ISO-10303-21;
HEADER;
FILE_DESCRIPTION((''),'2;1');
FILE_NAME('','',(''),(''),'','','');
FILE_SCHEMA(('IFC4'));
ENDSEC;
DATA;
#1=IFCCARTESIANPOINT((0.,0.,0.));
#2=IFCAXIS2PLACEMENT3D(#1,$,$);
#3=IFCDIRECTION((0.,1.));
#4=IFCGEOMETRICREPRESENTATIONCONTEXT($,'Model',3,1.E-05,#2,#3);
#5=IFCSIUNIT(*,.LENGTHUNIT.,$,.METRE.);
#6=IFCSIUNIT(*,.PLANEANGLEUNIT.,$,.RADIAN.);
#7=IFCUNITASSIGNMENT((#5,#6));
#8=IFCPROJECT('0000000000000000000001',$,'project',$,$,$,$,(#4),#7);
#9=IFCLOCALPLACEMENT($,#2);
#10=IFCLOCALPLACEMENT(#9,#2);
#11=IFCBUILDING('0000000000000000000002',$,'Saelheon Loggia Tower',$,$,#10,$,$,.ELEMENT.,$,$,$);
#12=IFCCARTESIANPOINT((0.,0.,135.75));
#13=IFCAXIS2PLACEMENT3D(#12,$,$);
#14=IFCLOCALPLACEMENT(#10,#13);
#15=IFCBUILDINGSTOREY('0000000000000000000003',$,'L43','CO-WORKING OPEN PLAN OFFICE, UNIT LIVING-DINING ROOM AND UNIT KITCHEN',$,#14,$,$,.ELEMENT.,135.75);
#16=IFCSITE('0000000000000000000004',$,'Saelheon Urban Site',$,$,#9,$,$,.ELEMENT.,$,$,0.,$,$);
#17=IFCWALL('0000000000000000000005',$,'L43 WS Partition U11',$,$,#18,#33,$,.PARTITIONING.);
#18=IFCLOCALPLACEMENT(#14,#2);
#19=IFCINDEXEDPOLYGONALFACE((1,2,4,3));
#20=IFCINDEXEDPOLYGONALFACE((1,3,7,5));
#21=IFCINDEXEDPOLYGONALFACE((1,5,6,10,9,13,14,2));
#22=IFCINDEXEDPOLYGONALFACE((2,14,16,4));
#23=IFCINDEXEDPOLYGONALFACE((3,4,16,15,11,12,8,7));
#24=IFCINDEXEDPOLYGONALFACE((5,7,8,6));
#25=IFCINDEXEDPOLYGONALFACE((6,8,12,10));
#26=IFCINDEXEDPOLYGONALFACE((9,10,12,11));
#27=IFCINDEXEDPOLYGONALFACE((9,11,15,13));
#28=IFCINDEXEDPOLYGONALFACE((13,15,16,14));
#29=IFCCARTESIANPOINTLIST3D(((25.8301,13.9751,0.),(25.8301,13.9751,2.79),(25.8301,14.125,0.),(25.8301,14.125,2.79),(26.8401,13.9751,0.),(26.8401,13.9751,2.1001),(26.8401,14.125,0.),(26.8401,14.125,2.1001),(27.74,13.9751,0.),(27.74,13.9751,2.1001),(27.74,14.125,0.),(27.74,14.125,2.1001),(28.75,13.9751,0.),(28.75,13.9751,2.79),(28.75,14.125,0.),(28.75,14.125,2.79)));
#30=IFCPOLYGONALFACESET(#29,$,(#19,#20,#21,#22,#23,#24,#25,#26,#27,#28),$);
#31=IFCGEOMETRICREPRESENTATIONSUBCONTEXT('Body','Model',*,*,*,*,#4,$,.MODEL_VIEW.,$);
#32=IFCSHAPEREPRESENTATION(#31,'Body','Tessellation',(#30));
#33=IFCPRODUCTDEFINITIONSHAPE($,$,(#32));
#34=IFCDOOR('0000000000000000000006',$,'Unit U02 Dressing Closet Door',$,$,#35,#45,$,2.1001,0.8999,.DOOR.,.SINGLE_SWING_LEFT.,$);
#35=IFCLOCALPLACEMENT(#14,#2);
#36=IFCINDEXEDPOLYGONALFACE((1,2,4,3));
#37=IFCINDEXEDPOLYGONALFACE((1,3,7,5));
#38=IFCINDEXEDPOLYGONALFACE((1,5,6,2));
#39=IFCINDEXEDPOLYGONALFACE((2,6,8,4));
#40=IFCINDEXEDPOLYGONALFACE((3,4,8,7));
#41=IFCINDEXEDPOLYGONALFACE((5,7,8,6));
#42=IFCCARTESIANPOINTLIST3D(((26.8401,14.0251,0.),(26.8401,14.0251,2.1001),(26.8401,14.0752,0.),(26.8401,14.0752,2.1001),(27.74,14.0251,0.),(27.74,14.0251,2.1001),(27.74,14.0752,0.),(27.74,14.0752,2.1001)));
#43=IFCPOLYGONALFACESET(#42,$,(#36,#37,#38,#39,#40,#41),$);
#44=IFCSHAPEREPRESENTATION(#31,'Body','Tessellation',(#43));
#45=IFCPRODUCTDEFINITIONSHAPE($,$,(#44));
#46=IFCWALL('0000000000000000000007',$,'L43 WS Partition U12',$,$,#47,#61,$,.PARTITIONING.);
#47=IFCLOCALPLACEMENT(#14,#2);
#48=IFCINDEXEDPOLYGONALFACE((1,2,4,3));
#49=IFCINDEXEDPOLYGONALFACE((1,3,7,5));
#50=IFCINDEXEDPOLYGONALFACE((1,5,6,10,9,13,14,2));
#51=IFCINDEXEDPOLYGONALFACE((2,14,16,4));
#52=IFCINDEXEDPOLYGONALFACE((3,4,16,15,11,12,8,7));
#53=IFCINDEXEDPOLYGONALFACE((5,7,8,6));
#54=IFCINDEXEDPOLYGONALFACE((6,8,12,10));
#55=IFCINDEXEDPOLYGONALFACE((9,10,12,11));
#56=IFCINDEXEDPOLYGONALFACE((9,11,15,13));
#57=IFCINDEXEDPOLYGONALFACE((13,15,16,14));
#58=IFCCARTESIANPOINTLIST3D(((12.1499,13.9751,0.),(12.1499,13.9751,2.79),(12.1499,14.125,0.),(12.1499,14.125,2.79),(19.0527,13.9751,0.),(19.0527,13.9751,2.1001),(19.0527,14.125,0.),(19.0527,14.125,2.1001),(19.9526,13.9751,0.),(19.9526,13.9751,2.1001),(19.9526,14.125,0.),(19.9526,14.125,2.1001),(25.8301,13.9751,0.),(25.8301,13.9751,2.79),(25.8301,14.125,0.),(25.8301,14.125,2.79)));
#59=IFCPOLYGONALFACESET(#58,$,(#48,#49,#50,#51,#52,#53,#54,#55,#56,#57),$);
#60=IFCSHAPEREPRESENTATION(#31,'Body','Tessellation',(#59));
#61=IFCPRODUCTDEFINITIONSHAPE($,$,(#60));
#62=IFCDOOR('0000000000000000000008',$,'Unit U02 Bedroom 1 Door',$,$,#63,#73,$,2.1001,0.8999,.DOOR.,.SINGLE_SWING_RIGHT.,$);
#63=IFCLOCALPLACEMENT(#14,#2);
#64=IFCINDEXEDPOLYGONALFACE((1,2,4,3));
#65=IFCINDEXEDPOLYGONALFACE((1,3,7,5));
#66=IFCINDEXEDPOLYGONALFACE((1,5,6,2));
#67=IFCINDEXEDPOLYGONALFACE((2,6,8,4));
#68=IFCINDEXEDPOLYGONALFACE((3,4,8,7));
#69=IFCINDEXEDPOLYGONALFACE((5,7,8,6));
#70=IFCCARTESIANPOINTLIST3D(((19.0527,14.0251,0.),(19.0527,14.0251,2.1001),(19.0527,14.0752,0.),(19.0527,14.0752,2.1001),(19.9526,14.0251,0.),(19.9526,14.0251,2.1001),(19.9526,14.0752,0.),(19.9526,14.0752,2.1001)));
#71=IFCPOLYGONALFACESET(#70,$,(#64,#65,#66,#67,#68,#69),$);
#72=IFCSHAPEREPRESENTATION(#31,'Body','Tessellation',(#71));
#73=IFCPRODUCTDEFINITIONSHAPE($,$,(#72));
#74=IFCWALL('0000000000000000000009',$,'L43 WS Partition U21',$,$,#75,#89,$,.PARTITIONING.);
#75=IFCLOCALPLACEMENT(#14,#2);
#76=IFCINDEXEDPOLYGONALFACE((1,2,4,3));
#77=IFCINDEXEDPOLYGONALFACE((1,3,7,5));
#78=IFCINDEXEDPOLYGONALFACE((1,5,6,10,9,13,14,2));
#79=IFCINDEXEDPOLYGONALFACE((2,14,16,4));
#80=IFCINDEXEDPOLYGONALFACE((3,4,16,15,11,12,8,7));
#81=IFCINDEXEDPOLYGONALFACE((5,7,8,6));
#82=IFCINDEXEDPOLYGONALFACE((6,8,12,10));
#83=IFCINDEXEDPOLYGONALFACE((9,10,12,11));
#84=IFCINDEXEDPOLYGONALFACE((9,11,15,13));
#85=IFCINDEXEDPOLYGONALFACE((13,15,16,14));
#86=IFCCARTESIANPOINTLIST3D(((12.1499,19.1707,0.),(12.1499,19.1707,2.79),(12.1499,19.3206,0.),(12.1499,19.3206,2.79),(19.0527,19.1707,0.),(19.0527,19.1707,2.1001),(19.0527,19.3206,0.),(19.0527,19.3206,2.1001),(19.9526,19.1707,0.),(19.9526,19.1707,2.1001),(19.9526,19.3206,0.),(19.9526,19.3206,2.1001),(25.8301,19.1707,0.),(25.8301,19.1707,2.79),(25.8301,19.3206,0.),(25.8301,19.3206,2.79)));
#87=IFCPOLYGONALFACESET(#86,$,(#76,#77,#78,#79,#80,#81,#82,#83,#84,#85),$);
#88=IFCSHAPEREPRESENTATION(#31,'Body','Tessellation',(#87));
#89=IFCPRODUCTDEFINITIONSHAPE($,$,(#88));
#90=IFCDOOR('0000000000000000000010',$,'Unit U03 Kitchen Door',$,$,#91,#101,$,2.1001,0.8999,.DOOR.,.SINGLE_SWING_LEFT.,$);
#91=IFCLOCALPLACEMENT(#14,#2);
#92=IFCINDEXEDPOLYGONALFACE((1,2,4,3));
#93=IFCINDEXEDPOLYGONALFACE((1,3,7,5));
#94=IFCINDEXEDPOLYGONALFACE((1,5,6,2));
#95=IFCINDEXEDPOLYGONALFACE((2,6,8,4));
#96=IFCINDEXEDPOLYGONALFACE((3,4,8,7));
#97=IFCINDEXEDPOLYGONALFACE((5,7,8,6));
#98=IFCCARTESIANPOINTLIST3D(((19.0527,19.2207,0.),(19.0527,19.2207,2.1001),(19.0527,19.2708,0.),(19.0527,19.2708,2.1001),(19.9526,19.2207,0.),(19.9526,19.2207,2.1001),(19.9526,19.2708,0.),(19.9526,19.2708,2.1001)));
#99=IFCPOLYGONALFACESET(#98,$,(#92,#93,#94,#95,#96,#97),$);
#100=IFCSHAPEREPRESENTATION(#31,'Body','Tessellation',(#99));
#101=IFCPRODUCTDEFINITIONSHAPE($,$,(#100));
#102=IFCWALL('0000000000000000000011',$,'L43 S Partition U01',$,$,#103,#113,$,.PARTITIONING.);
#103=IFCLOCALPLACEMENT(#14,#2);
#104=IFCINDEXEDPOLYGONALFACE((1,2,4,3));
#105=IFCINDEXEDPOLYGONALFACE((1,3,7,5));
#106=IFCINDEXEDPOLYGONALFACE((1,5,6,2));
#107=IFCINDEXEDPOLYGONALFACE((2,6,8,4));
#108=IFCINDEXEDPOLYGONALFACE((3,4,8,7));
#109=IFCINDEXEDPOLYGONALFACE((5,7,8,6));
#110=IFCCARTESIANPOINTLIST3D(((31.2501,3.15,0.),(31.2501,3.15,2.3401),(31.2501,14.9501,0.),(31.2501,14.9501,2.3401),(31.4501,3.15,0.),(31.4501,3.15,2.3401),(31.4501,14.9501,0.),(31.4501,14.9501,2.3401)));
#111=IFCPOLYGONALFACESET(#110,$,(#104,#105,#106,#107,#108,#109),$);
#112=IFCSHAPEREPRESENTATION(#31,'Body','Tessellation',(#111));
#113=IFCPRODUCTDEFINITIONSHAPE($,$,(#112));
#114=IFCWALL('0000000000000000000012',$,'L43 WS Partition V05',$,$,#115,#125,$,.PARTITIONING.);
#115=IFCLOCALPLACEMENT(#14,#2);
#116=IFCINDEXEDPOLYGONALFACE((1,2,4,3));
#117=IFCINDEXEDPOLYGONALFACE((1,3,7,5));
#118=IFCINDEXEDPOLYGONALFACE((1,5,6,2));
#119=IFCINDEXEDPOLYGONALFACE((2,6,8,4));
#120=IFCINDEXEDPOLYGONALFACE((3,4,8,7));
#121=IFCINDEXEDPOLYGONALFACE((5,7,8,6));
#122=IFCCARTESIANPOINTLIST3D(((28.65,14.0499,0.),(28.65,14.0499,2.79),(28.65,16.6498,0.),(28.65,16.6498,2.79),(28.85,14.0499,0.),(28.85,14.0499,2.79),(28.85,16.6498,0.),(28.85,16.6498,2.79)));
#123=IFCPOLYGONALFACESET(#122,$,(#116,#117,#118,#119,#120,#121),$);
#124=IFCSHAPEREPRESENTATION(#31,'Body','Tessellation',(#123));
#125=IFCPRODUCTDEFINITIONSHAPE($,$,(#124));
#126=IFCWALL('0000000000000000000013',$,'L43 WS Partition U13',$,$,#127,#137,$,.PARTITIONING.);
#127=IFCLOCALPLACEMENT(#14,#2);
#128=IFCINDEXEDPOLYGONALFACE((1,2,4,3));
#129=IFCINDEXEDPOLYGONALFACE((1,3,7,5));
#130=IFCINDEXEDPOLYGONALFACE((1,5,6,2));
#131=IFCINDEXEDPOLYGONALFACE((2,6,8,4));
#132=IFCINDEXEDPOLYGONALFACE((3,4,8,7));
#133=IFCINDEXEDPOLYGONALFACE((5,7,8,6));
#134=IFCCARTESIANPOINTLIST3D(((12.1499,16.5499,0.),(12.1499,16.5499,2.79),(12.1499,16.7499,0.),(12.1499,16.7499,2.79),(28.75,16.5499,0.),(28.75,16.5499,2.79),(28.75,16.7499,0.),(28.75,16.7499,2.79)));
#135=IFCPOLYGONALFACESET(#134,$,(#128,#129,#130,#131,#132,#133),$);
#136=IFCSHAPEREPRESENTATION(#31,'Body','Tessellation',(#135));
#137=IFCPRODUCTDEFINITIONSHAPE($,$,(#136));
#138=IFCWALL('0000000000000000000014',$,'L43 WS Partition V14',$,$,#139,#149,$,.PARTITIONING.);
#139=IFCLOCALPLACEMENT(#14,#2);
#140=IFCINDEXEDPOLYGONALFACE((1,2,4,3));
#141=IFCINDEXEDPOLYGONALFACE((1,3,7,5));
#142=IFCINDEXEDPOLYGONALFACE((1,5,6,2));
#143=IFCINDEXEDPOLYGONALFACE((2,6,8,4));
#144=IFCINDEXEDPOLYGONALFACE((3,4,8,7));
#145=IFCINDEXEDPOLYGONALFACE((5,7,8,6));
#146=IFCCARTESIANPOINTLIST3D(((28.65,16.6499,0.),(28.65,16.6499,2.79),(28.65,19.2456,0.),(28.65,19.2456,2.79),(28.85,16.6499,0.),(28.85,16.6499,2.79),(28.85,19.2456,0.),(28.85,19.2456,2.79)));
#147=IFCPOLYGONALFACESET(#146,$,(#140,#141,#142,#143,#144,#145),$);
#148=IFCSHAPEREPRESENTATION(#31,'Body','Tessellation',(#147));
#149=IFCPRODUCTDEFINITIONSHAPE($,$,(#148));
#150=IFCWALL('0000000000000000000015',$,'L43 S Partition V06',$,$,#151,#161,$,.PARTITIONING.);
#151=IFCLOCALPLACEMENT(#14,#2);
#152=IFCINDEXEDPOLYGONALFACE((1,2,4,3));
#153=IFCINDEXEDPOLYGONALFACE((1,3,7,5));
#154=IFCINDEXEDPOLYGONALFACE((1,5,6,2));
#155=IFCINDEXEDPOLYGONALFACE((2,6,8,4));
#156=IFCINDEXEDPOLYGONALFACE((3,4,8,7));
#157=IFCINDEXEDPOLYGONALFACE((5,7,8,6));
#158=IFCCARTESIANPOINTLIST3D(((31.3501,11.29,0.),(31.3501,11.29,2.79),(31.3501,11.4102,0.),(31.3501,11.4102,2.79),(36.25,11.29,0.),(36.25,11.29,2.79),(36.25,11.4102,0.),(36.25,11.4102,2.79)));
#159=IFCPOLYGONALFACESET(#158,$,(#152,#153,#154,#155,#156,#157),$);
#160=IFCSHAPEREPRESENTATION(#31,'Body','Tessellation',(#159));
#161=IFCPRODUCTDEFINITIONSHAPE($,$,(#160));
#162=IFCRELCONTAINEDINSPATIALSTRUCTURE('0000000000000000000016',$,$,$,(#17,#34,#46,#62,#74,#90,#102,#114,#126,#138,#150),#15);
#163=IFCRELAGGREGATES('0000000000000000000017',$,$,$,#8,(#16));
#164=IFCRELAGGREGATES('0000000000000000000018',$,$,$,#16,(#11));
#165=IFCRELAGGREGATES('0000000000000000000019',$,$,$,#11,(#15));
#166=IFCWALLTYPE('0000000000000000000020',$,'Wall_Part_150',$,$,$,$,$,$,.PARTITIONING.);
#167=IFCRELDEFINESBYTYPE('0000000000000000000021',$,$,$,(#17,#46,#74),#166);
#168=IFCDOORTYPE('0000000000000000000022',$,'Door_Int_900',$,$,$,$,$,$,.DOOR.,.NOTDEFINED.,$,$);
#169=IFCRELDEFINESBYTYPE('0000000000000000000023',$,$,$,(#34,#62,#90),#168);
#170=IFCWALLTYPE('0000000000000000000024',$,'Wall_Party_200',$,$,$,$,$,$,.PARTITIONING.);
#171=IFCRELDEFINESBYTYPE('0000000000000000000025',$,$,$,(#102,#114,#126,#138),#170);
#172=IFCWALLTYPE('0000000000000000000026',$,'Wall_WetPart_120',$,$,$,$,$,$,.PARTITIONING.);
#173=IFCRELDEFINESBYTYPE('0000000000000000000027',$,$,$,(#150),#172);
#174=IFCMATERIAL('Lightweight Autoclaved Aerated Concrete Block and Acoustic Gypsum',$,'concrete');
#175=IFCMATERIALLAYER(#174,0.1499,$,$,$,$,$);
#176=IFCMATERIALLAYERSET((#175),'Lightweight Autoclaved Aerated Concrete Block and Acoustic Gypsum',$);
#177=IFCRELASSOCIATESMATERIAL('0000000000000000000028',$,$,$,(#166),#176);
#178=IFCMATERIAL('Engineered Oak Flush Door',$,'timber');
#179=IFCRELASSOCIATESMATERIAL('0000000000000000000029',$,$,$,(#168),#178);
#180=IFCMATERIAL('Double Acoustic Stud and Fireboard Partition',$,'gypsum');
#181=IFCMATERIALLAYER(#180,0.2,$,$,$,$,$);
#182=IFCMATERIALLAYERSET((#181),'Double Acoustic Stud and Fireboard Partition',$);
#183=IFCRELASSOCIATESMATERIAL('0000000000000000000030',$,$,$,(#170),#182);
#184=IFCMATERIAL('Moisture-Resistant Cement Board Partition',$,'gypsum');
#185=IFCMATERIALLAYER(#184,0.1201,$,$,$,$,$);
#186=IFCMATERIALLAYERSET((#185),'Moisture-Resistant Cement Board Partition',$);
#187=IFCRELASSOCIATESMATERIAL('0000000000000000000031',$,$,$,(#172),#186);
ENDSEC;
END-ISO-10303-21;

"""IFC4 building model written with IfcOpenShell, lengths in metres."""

from ifc_helpers import new_model, si_unit, direction, frame, frame_2d, origin, place, context, subcontext, project, spatial, rectangle, extrude, source, transform, mapped, material, layer, layer_set, type_object, element, fill, save


model = new_model("IFC4")

# Units and contexts
model_context = context("Model", 3, precision=1e-05, world=origin(), true_north=direction((0.0, 1.0)))
body_context = subcontext(model_context, "Body", "Model", "MODEL_VIEW")
ifc_project = project(units=[si_unit("LENGTHUNIT", "METRE"), si_unit("PLANEANGLEUNIT", "RADIAN")], contexts=[model_context])

# Site, building, storey
site_placement = place(None, origin())
site = spatial("IfcSite", under=ifc_project, at=site_placement, Name="Saelheon Urban Site", CompositionType="ELEMENT", RefElevation=0.0)
building_placement = place(site_placement, origin())
building = spatial("IfcBuilding", under=site, at=building_placement, Name="Saelheon Loggia Tower", CompositionType="ELEMENT")
storey_placement = place(building_placement, frame((0.0, 0.0, 135.75)))
storey = spatial("IfcBuildingStorey", under=building, at=storey_placement, Name="L43", Description="CO-WORKING OPEN PLAN OFFICE, UNIT LIVING-DINING ROOM AND UNIT KITCHEN", CompositionType="ELEMENT", Elevation=135.75)

# Shared definitions
ifc_material_1 = material(Name="Lightweight Autoclaved Aerated Concrete Block and Acoustic Gypsum", Category="concrete")
ifc_layer_1 = layer(ifc_material_1, 0.1499)
ifc_layer_set_1 = layer_set([ifc_layer_1], Name="Lightweight Autoclaved Aerated Concrete Block and Acoustic Gypsum")
wall_type_1 = type_object("IfcWallType", Name="Wall_Part_150", PredefinedType="PARTITIONING", material=ifc_layer_set_1)
ifc_material_2 = material(Name="Engineered Oak Flush Door", Category="timber")
door_type_1 = type_object("IfcDoorType", Name="Door_Int_900", OperationType="NOTDEFINED", PredefinedType="DOOR", material=ifc_material_2)
shared_shape_1 = source(origin(), body_context, "Body", "SweptSolid", [
    extrude(rectangle(XDim=0.8999, YDim=2.1001, at=frame_2d((0.45, 1.05))), frame((0.0, 0.0249, 0.0), z_axis=(0.0, -1.0, 0.0), x_axis=(1.0, 0.0, 0.0)), (0.0, 0.0, 1.0), 0.05),
])

# Walls, openings, doors
wall_1_placement = place(storey_placement, frame((28.75, 14.05, 0.0), z_axis=(0.0, 0.0, 1.0), x_axis=(-1.0, 0.0, 0.0)))
wall_1 = element("IfcWall", 1, at=wall_1_placement, inside=storey, type_object=wall_type_1, Name="L43 WS Partition U11", PredefinedType="PARTITIONING", context=body_context, shape_type="SweptSolid", body=[
    extrude(rectangle(XDim=2.9199, YDim=0.1499, at=frame_2d((1.46, 0.0))), origin(), (0.0, 0.0, 1.0), 2.79),
])
opening_1_placement = place(wall_1_placement, frame((1.01, 0.0, 0.0)))
opening_1 = element("IfcOpeningElement", 2, at=opening_1_placement, cuts=wall_1, PredefinedType="OPENING", context=body_context, shape_type="SweptSolid", body=[
    extrude(rectangle(XDim=0.8999, YDim=2.1001, at=frame_2d((0.45, 1.05))), frame((0.0, 0.0869, 0.0), z_axis=(0.0, -1.0, 0.0), x_axis=(1.0, 0.0, 0.0)), (0.0, 0.0, 1.0), 0.1738),
])
door_1_placement = place(opening_1_placement, origin())
door_1 = element("IfcDoor", 3, at=door_1_placement, inside=storey, type_object=door_type_1, Name="Unit U02 Dressing Closet Door", OperationType="SINGLE_SWING_LEFT", OverallHeight=2.1001, OverallWidth=0.8999, PredefinedType="DOOR", context=body_context, shape_type="MappedRepresentation", body=[
    mapped(shared_shape_1, transform((0.0, 0.0, 0.0), scale=1.0)),
])
fill(opening_1, door_1)
wall_2_placement = place(storey_placement, frame((25.8301, 14.05, 0.0), z_axis=(0.0, 0.0, 1.0), x_axis=(-1.0, 0.0, 0.0)))
wall_2 = element("IfcWall", 4, at=wall_2_placement, inside=storey, type_object=wall_type_1, Name="L43 WS Partition U12", PredefinedType="PARTITIONING", context=body_context, shape_type="SweptSolid", body=[
    extrude(rectangle(XDim=13.6802, YDim=0.1499, at=frame_2d((6.8401, 0.0))), origin(), (0.0, 0.0, 1.0), 2.79),
])
opening_2_placement = place(wall_2_placement, frame((5.8774, 0.0, 0.0)))
opening_2 = element("IfcOpeningElement", 5, at=opening_2_placement, cuts=wall_2, PredefinedType="OPENING", context=body_context, shape_type="SweptSolid", body=[
    extrude(rectangle(XDim=0.8999, YDim=2.1001, at=frame_2d((0.45, 1.05))), frame((0.0, 0.0869, 0.0), z_axis=(0.0, -1.0, 0.0), x_axis=(1.0, 0.0, 0.0)), (0.0, 0.0, 1.0), 0.1738),
])
door_2_placement = place(opening_2_placement, origin())
door_2 = element("IfcDoor", 6, at=door_2_placement, inside=storey, type_object=door_type_1, Name="Unit U02 Bedroom 1 Door", OperationType="SINGLE_SWING_RIGHT", OverallHeight=2.1001, OverallWidth=0.8999, PredefinedType="DOOR", context=body_context, shape_type="MappedRepresentation", body=[
    mapped(shared_shape_1, transform((0.0, 0.0, 0.0), scale=1.0)),
])
fill(opening_2, door_2)
wall_3_placement = place(storey_placement, frame((25.8301, 19.2456, 0.0), z_axis=(0.0, 0.0, 1.0), x_axis=(-1.0, 0.0, 0.0)))
wall_3 = element("IfcWall", 7, at=wall_3_placement, inside=storey, type_object=wall_type_1, Name="L43 WS Partition U21", PredefinedType="PARTITIONING", context=body_context, shape_type="SweptSolid", body=[
    extrude(rectangle(XDim=13.6802, YDim=0.1499, at=frame_2d((6.8401, 0.0))), origin(), (0.0, 0.0, 1.0), 2.79),
])
opening_3_placement = place(wall_3_placement, frame((5.8774, 0.0, 0.0)))
opening_3 = element("IfcOpeningElement", 8, at=opening_3_placement, cuts=wall_3, PredefinedType="OPENING", context=body_context, shape_type="SweptSolid", body=[
    extrude(rectangle(XDim=0.8999, YDim=2.1001, at=frame_2d((0.45, 1.05))), frame((0.0, 0.0869, 0.0), z_axis=(0.0, -1.0, 0.0), x_axis=(1.0, 0.0, 0.0)), (0.0, 0.0, 1.0), 0.1738),
])
door_3_placement = place(opening_3_placement, origin())
door_3 = element("IfcDoor", 9, at=door_3_placement, inside=storey, type_object=door_type_1, Name="Unit U03 Kitchen Door", OperationType="SINGLE_SWING_LEFT", OverallHeight=2.1001, OverallWidth=0.8999, PredefinedType="DOOR", context=body_context, shape_type="MappedRepresentation", body=[
    mapped(shared_shape_1, transform((0.0, 0.0, 0.0), scale=1.0)),
])
fill(opening_3, door_3)

# Wall
ifc_material_3 = material(Name="Double Acoustic Stud and Fireboard Partition", Category="gypsum")
ifc_layer_2 = layer(ifc_material_3, 0.2)
ifc_layer_set_2 = layer_set([ifc_layer_2], Name="Double Acoustic Stud and Fireboard Partition")
wall_type_2 = type_object("IfcWallType", Name="Wall_Party_200", PredefinedType="PARTITIONING", material=ifc_layer_set_2)
wall_4_placement = place(storey_placement, frame((31.3501, 14.95, 0.0), z_axis=(0.0, 0.0, 1.0), x_axis=(0.0, -1.0, 0.0)))
element("IfcWall", 10, at=wall_4_placement, inside=storey, type_object=wall_type_2, Name="L43 S Partition U01", PredefinedType="PARTITIONING", context=body_context, shape_type="SweptSolid", body=[
    extrude(rectangle(XDim=11.8, YDim=0.2, at=frame_2d((5.8999, 0.0))), origin(), (0.0, 0.0, 1.0), 2.3401),
])

# Walls
wall_5_placement = place(storey_placement, frame((28.75, 14.05, 0.0), z_axis=(0.0, 0.0, 1.0), x_axis=(0.0, 1.0, 0.0)))
element("IfcWall", 11, at=wall_5_placement, inside=storey, type_object=wall_type_2, Name="L43 WS Partition V05", PredefinedType="PARTITIONING", context=body_context, shape_type="SweptSolid", body=[
    extrude(rectangle(XDim=2.5999, YDim=0.2, at=frame_2d((1.2998, 0.0))), origin(), (0.0, 0.0, 1.0), 2.79),
])
wall_6_placement = place(storey_placement, frame((28.75, 16.6499, 0.0), z_axis=(0.0, 0.0, 1.0), x_axis=(-1.0, 0.0, 0.0)))
element("IfcWall", 12, at=wall_6_placement, inside=storey, type_object=wall_type_2, Name="L43 WS Partition U13", PredefinedType="PARTITIONING", context=body_context, shape_type="SweptSolid", body=[
    extrude(rectangle(XDim=16.6001, YDim=0.2, at=frame_2d((8.3, 0.0))), origin(), (0.0, 0.0, 1.0), 2.79),
])
wall_7_placement = place(storey_placement, frame((28.75, 16.6499, 0.0), z_axis=(0.0, 0.0, 1.0), x_axis=(0.0, 1.0, 0.0)))
element("IfcWall", 13, at=wall_7_placement, inside=storey, type_object=wall_type_2, Name="L43 WS Partition V14", PredefinedType="PARTITIONING", context=body_context, shape_type="SweptSolid", body=[
    extrude(rectangle(XDim=2.5957, YDim=0.2, at=frame_2d((1.2979, 0.0))), origin(), (0.0, 0.0, 1.0), 2.79),
])

# Wall
ifc_material_4 = material(Name="Moisture-Resistant Cement Board Partition", Category="gypsum")
ifc_layer_3 = layer(ifc_material_4, 0.1201)
ifc_layer_set_3 = layer_set([ifc_layer_3], Name="Moisture-Resistant Cement Board Partition")
wall_type_3 = type_object("IfcWallType", Name="Wall_WetPart_120", PredefinedType="PARTITIONING", material=ifc_layer_set_3)
wall_8_placement = place(storey_placement, frame((31.3501, 11.3501, 0.0), z_axis=(0.0, 0.0, 1.0), x_axis=(1.0, 0.0, 0.0)))
element("IfcWall", 14, at=wall_8_placement, inside=storey, type_object=wall_type_3, Name="L43 S Partition V06", PredefinedType="PARTITIONING", context=body_context, shape_type="SweptSolid", body=[
    extrude(rectangle(XDim=4.8999, YDim=0.1201, at=frame_2d((2.45, 0.0))), origin(), (0.0, 0.0, 1.0), 2.79),
])

save(model, "model.ifc")
